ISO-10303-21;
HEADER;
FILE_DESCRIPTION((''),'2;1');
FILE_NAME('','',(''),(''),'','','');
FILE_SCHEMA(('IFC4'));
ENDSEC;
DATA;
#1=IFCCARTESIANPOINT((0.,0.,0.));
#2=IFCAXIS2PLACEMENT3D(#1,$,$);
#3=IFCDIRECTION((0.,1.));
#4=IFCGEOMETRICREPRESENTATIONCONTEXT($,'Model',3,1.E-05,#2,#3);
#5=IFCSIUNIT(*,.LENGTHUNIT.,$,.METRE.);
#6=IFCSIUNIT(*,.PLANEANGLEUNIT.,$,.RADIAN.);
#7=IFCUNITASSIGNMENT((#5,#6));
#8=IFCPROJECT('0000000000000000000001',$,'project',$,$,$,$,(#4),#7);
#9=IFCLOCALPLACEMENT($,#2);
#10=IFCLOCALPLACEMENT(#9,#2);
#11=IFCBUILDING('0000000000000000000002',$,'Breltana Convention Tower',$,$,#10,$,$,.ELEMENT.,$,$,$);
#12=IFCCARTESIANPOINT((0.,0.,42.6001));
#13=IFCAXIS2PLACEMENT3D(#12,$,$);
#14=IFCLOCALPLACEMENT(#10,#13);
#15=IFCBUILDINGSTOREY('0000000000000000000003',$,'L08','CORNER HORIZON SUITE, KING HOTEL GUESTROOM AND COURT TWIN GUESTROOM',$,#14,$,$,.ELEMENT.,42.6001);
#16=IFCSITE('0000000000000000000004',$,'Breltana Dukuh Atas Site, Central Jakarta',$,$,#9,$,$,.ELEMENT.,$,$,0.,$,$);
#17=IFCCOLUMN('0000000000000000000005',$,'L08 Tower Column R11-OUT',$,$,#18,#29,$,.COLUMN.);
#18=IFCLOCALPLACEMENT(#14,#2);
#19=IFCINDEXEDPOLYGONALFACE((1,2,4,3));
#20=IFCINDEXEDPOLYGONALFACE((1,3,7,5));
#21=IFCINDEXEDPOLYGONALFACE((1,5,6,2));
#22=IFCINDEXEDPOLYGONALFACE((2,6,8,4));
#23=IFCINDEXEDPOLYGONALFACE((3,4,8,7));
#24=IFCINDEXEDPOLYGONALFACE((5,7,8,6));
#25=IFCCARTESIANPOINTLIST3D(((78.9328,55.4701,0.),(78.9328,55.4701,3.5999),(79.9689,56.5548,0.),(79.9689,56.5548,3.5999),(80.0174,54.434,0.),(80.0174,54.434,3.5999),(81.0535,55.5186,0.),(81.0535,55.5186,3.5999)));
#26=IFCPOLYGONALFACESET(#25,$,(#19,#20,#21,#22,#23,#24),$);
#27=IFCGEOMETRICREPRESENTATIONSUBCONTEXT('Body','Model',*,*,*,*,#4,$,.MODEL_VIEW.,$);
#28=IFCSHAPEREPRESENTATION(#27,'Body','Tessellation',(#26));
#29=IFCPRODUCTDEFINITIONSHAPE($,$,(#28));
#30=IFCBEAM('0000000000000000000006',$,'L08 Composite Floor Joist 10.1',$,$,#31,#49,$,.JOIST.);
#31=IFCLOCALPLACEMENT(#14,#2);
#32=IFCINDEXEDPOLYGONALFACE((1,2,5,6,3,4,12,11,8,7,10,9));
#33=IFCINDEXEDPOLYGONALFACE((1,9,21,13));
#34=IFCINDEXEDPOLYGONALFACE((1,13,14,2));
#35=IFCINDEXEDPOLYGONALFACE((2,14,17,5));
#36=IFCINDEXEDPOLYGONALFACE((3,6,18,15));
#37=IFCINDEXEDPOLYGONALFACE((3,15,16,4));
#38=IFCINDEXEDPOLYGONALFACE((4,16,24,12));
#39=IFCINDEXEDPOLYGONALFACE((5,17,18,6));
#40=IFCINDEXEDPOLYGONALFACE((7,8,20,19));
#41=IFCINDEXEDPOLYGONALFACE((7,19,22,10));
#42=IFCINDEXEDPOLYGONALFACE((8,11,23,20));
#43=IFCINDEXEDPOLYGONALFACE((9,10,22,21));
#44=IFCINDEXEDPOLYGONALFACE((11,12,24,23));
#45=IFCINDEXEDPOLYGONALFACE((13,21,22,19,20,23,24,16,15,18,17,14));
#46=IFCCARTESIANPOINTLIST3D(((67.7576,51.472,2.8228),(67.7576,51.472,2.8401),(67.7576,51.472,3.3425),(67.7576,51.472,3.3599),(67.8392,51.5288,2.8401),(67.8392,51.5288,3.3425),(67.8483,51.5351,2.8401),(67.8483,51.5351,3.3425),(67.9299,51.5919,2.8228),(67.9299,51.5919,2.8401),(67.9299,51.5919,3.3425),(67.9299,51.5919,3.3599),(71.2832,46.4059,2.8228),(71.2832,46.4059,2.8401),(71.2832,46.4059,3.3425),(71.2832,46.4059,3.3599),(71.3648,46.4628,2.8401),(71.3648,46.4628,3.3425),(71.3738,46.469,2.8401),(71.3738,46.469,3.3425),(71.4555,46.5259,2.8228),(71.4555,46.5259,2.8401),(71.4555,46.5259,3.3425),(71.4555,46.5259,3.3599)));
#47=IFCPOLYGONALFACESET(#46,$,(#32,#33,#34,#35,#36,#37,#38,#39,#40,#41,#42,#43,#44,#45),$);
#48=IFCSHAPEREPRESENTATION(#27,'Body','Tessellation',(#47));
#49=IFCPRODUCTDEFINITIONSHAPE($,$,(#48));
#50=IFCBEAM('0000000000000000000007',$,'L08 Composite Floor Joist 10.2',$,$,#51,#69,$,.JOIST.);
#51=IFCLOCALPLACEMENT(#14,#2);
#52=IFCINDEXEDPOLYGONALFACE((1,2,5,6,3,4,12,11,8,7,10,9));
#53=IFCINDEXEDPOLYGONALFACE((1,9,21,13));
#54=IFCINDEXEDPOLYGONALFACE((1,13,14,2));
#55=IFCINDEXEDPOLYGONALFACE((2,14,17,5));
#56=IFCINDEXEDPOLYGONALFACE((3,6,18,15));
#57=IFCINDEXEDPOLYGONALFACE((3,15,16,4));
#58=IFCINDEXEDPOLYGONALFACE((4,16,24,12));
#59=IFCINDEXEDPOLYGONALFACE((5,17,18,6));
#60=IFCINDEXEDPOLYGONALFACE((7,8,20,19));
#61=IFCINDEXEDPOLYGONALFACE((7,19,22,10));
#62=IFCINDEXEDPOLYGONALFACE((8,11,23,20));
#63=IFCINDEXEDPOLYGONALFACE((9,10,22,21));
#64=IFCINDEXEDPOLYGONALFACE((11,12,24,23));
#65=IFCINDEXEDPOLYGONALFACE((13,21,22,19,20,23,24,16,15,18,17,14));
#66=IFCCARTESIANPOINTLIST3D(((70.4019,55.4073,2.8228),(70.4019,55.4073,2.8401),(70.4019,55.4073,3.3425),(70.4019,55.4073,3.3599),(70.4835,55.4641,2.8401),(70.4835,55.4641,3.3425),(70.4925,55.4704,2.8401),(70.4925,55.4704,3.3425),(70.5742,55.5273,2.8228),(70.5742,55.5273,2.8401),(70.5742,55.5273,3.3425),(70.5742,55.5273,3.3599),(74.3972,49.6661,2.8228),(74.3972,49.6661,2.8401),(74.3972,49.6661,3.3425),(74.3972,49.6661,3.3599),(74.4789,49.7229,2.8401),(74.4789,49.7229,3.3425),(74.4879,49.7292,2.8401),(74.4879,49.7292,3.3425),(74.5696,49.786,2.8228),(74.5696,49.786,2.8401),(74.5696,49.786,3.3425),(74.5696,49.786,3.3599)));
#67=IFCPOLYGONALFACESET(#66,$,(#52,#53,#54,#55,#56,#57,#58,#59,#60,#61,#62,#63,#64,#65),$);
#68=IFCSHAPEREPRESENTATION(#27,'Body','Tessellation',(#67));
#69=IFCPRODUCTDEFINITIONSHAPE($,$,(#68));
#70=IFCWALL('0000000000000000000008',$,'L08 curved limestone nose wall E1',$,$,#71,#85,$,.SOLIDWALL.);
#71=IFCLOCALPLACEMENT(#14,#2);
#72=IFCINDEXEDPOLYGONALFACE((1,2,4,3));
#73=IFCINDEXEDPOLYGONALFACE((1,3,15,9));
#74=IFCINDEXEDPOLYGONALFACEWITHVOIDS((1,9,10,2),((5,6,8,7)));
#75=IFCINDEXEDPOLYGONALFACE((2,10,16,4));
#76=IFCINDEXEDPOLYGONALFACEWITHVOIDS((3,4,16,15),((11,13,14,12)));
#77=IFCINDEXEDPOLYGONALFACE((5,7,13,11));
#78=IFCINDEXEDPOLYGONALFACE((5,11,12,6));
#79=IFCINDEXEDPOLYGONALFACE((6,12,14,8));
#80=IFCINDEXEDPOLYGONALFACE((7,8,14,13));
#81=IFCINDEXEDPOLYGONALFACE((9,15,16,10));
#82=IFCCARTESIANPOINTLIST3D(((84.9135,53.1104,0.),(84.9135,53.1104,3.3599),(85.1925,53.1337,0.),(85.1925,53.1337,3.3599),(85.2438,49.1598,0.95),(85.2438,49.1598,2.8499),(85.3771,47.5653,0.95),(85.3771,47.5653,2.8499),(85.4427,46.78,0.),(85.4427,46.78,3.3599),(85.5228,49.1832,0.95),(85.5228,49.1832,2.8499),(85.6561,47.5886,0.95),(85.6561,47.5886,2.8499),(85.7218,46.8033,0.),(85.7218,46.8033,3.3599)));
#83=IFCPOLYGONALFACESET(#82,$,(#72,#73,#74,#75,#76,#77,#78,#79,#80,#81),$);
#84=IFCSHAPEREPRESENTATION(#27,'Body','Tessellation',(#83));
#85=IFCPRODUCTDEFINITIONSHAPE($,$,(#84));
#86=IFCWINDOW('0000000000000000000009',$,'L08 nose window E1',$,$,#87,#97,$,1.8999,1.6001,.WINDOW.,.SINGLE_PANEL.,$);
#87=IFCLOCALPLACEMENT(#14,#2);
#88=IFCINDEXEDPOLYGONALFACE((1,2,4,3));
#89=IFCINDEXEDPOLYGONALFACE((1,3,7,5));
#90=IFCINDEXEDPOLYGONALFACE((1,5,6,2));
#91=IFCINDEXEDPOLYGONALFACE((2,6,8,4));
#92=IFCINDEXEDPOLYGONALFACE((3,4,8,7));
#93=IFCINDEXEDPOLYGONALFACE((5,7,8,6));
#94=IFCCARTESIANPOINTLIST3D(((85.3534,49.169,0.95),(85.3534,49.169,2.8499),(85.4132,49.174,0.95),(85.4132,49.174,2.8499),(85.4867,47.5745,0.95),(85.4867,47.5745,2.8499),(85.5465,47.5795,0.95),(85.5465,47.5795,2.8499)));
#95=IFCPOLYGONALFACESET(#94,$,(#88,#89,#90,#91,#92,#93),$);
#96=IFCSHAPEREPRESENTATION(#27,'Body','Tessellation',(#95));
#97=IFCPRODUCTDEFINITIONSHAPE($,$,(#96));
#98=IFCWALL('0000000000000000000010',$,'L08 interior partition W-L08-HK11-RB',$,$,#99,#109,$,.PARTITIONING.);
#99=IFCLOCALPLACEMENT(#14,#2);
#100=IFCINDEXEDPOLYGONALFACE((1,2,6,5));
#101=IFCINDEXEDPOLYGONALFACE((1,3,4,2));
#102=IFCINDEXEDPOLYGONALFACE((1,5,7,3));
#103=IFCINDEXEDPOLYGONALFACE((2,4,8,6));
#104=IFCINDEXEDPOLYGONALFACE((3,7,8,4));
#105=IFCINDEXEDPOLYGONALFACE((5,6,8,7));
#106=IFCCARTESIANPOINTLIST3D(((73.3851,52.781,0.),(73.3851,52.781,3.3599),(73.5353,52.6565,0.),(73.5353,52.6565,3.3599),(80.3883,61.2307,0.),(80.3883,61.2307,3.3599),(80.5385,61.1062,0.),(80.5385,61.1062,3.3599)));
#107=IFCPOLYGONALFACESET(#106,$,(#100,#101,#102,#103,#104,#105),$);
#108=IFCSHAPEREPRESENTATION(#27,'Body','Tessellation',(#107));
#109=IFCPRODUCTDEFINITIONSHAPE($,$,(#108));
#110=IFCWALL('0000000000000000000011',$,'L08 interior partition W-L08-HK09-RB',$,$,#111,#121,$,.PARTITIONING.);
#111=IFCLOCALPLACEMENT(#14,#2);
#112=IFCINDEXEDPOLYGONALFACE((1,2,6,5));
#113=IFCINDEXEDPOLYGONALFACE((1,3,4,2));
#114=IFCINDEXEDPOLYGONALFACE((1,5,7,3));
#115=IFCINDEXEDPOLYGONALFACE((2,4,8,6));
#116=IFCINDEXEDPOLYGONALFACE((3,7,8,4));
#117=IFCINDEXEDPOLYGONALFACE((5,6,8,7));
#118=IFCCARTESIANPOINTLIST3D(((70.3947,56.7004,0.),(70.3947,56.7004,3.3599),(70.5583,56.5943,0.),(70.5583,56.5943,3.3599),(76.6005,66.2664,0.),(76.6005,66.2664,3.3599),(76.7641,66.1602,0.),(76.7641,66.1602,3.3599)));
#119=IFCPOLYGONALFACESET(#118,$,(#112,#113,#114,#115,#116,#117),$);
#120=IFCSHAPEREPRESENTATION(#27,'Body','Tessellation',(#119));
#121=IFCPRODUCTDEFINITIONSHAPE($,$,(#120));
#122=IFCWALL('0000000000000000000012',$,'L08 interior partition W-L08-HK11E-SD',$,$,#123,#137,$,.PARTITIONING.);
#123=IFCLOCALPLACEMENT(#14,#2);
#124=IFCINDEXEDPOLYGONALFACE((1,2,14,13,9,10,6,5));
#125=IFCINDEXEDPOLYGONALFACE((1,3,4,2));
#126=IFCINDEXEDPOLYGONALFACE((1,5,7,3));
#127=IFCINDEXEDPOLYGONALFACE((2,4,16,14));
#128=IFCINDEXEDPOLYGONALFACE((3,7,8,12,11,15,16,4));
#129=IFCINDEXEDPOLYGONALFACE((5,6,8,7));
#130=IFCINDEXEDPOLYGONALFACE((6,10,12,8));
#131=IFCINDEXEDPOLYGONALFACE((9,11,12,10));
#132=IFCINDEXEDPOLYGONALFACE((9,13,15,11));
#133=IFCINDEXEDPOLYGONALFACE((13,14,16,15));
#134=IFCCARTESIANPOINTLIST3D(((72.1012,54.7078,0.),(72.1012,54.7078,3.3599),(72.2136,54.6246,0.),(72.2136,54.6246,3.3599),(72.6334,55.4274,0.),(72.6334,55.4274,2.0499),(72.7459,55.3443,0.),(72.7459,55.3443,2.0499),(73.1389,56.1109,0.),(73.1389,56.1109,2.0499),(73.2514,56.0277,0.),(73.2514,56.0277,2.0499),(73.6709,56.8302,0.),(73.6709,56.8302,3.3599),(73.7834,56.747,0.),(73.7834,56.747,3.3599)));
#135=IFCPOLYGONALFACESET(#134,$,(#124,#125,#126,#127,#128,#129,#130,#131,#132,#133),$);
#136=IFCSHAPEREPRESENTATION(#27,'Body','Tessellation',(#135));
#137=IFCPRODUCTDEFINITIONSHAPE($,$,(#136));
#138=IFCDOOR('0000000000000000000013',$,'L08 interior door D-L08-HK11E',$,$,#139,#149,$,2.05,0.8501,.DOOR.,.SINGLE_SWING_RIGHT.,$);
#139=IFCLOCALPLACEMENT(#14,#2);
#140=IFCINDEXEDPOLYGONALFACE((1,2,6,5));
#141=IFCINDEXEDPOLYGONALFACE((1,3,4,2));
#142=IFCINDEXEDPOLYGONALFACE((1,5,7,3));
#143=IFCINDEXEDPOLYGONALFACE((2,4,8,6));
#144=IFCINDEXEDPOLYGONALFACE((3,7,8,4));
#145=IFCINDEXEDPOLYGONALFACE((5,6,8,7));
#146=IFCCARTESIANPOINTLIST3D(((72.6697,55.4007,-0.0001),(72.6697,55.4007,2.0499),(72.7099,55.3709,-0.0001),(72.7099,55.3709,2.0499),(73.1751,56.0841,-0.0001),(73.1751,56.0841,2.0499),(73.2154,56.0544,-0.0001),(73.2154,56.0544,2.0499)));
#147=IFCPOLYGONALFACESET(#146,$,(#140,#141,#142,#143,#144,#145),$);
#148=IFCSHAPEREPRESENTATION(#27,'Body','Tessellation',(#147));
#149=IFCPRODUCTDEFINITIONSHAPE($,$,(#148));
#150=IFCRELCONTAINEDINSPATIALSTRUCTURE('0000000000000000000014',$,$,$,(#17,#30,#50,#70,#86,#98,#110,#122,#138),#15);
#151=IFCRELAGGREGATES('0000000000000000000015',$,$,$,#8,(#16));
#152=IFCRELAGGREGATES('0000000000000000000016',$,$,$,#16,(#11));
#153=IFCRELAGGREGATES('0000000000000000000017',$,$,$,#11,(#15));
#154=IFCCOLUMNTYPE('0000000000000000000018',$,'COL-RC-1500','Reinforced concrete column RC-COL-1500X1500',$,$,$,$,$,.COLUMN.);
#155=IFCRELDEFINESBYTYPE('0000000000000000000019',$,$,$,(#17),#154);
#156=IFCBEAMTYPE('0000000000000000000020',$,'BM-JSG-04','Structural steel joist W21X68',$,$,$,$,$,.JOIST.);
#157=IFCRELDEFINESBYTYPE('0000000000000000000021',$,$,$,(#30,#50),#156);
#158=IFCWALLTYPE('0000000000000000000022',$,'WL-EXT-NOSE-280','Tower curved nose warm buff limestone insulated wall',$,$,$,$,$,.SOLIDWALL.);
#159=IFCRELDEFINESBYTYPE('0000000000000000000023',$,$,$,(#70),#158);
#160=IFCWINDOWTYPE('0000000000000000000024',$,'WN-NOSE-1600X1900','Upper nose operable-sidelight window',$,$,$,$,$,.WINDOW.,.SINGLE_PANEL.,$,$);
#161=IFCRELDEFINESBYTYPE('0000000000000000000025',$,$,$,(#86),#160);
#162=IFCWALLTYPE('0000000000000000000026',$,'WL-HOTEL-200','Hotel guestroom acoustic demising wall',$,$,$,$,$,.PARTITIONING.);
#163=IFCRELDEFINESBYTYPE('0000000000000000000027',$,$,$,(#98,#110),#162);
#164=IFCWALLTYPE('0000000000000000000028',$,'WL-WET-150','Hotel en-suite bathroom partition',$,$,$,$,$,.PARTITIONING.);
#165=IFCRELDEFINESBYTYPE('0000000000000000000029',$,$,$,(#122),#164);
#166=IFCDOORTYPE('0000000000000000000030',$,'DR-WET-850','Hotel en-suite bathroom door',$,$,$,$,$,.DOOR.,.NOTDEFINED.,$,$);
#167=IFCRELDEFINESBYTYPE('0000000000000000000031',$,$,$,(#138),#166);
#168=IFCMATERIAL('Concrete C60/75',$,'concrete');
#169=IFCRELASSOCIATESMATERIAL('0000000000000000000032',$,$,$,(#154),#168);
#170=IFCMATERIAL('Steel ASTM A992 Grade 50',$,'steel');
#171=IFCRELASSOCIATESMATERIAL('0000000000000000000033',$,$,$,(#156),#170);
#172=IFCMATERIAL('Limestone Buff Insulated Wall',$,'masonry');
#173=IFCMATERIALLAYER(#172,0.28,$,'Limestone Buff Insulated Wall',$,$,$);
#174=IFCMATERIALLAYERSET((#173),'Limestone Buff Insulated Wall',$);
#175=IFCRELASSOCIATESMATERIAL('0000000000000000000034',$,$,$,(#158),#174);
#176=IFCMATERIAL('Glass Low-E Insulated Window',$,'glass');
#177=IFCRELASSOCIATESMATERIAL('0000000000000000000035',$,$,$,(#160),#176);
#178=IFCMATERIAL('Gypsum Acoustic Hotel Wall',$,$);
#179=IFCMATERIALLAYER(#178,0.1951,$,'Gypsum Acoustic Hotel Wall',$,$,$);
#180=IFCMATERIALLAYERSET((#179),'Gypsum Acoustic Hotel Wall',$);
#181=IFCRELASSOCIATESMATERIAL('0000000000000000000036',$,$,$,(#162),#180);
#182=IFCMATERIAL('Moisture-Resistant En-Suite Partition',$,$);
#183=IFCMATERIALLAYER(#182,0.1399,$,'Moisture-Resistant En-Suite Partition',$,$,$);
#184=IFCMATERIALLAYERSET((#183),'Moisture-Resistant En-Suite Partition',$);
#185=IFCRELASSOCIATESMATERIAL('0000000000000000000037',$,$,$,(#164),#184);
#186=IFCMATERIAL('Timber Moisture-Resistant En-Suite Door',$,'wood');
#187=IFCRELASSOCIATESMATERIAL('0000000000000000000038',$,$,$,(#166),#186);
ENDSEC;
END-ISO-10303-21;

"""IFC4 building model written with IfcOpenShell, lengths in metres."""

from ifc_helpers import new_model, si_unit, direction, frame, frame_2d, origin, origin_2d, place, context, subcontext, project, spatial, rectangle, i_section, extrude, source, transform, mapped, material, layer, layer_set, material_profile, profile_set, type_object, type_shapes, element, fill, save


model = new_model("IFC4")

# Units and contexts
model_context = context("Model", 3, precision=1e-05, world=origin(), true_north=direction((0.0, 1.0)))
body_context = subcontext(model_context, "Body", "Model", "MODEL_VIEW")
ifc_project = project(units=[si_unit("LENGTHUNIT", "METRE"), si_unit("PLANEANGLEUNIT", "RADIAN")], contexts=[model_context])

# Site, building, storey
site_placement = place(None, origin())
site = spatial("IfcSite", under=ifc_project, at=site_placement, Name="Breltana Dukuh Atas Site, Central Jakarta", CompositionType="ELEMENT", RefElevation=0.0)
building_placement = place(site_placement, origin())
building = spatial("IfcBuilding", under=site, at=building_placement, Name="Breltana Convention Tower", CompositionType="ELEMENT")
storey_placement = place(building_placement, frame((0.0, 0.0, 42.6001)))
storey = spatial("IfcBuildingStorey", under=building, at=storey_placement, Name="L08", Description="CORNER HORIZON SUITE, KING HOTEL GUESTROOM AND COURT TWIN GUESTROOM", CompositionType="ELEMENT", Elevation=42.6001)

# Column
ifc_material_1 = material(Name="Concrete C60/75", Category="concrete")
ifc_material_profile_1 = material_profile(ifc_material_1, rectangle(XDim=1.5, YDim=1.5, at=origin_2d()), Name="RC-COL-1500X1500")
ifc_profile_set_1 = profile_set([ifc_material_profile_1], Name="Concrete C60/75")
column_type = type_object("IfcColumnType", Name="COL-RC-1500", Description="Reinforced concrete column RC-COL-1500X1500", PredefinedType="COLUMN", material=ifc_profile_set_1)
shared_shape_1 = source(origin(), body_context, "Body", "SweptSolid", [
    extrude(rectangle(XDim=1.5, YDim=1.5, at=origin_2d()), origin(), (0.0, 0.0, 1.0), 3.5999),
])
column_placement = place(storey_placement, frame((79.9932, 55.4944, 0.0), z_axis=(0.0, 0.0, 1.0), x_axis=(0.690756, 0.723088, 0.0)))
element("IfcColumn", 1, at=column_placement, inside=storey, type_object=column_type, Name="L08 Tower Column R11-OUT", PredefinedType="COLUMN", context=body_context, shape_type="MappedRepresentation", body=[
    mapped(shared_shape_1, transform((0.0, 0.0, 0.0), scale=1.0)),
])

# Beams
ifc_material_2 = material(Name="Steel ASTM A992 Grade 50", Category="steel")
ifc_material_profile_2 = material_profile(ifc_material_2, i_section(OverallWidth=0.21, OverallDepth=0.5371, WebThickness=0.011, FlangeThickness=0.0173, at=origin_2d()), Name="W21X68")
ifc_profile_set_2 = profile_set([ifc_material_profile_2], Name="Steel ASTM A992 Grade 50")
beam_type = type_object("IfcBeamType", Name="BM-JSG-04", Description="Structural steel joist W21X68", PredefinedType="JOIST", material=ifc_profile_set_2)
shared_shape_2 = source(origin(), body_context, "Body", "SweptSolid", [
    extrude(i_section(OverallWidth=0.21, OverallDepth=0.5371, WebThickness=0.011, FlangeThickness=0.0173, at=origin_2d()), origin(), (0.0, 0.0, 1.0), 6.1721),
])
beam_1_placement = place(storey_placement, frame((67.8438, 51.532, 3.0913), z_axis=(0.571212, -0.820803, 0.0), x_axis=(0.820803, 0.571212, 0.0)))
element("IfcBeam", 2, at=beam_1_placement, inside=storey, type_object=beam_type, Name="L08 Composite Floor Joist 10.1", PredefinedType="JOIST", context=body_context, shape_type="MappedRepresentation", body=[
    mapped(shared_shape_2, transform((0.0, 0.0, 0.0), scale=1.0)),
])
shared_shape_3 = source(origin(), body_context, "Body", "SweptSolid", [
    extrude(i_section(OverallWidth=0.21, OverallDepth=0.5371, WebThickness=0.011, FlangeThickness=0.0173, at=origin_2d()), origin(), (0.0, 0.0, 1.0), 6.9946),
])
beam_2_placement = place(storey_placement, frame((70.488, 55.4673, 3.0913), z_axis=(0.571207, -0.820806, 0.0), x_axis=(0.820806, 0.571207, 0.0)))
element("IfcBeam", 3, at=beam_2_placement, inside=storey, type_object=beam_type, Name="L08 Composite Floor Joist 10.2", PredefinedType="JOIST", context=body_context, shape_type="MappedRepresentation", body=[
    mapped(shared_shape_3, transform((0.0, 0.0, 0.0), scale=1.0)),
])

# Wall, opening, window
ifc_material_3 = material(Name="Limestone Buff Insulated Wall", Category="masonry")
ifc_layer_1 = layer(ifc_material_3, 0.28, Name="Limestone Buff Insulated Wall")
ifc_layer_set_1 = layer_set([ifc_layer_1], Name="Limestone Buff Insulated Wall")
wall_type_1 = type_object("IfcWallType", Name="WL-EXT-NOSE-280", Description="Tower curved nose warm buff limestone insulated wall", PredefinedType="SOLIDWALL", material=ifc_layer_set_1)
shared_shape_4 = source(origin(), body_context, "Body", "SweptSolid", [
    extrude(rectangle(XDim=6.3525, YDim=0.28, at=frame_2d((3.1763, 0.0))), origin(), (0.0, 0.0, 1.0), 3.3599),
])
wall_1_placement = place(storey_placement, frame((85.053, 53.1221, 0.0), z_axis=(0.0, 0.0, 1.0), x_axis=(0.083319, -0.996523, 0.0)))
wall_1 = element("IfcWall", 4, at=wall_1_placement, inside=storey, type_object=wall_type_1, Name="L08 curved limestone nose wall E1", PredefinedType="SOLIDWALL", context=body_context, shape_type="MappedRepresentation", body=[
    mapped(shared_shape_4, transform((0.0, 0.0, 0.0), scale=1.0)),
])
opening_1_placement = place(wall_1_placement, frame((3.9644, 0.0, 0.95)))
opening_1 = element("IfcOpeningElement", 5, at=opening_1_placement, cuts=wall_1, PredefinedType="OPENING", context=body_context, shape_type="SweptSolid", body=[
    extrude(rectangle(XDim=1.6001, YDim=1.8999, at=frame_2d((0.8, 0.95))), frame((0.0, 0.1499, 0.0), z_axis=(0.0, -1.0, 0.0), x_axis=(1.0, 0.0, 0.0)), (0.0, 0.0, 1.0), 0.3),
])
ifc_material_4 = material(Name="Glass Low-E Insulated Window", Category="glass")
window_type = type_object("IfcWindowType", Name="WN-NOSE-1600X1900", Description="Upper nose operable-sidelight window", PartitioningType="SINGLE_PANEL", PredefinedType="WINDOW", material=ifc_material_4)
shared_shape_5 = source(origin(), body_context, "Body", "SweptSolid", [
    extrude(rectangle(XDim=1.6001, YDim=1.8999, at=frame_2d((0.8, 0.95))), frame((0.0, 0.03, 0.0), z_axis=(0.0, -1.0, 0.0), x_axis=(1.0, 0.0, 0.0)), (0.0, 0.0, 1.0), 0.0601),
])
type_shapes(window_type, [shared_shape_5])
window_placement = place(opening_1_placement, origin())
window = element("IfcWindow", 6, at=window_placement, inside=storey, type_object=window_type, Name="L08 nose window E1", OverallHeight=1.8999, OverallWidth=1.6001, PartitioningType="SINGLE_PANEL", PredefinedType="WINDOW", context=body_context, shape_type="MappedRepresentation", body=[
    mapped(shared_shape_5, transform((0.0, 0.0, 0.0), scale=1.0)),
])
fill(opening_1, window)

# Shared definitions
ifc_material_5 = material(Name="Gypsum Acoustic Hotel Wall")
ifc_layer_2 = layer(ifc_material_5, 0.1951, Name="Gypsum Acoustic Hotel Wall")
ifc_layer_set_2 = layer_set([ifc_layer_2], Name="Gypsum Acoustic Hotel Wall")
wall_type_2 = type_object("IfcWallType", Name="WL-HOTEL-200", Description="Hotel guestroom acoustic demising wall", PredefinedType="PARTITIONING", material=ifc_layer_set_2)

# Walls
shared_shape_6 = source(origin(), body_context, "Body", "SweptSolid", [
    extrude(rectangle(XDim=10.9746, YDim=0.1951, at=frame_2d((5.4873, 0.0))), origin(), (0.0, 0.0, 1.0), 3.3599),
])
wall_2_placement = place(storey_placement, frame((73.4602, 52.7188, 0.0), z_axis=(0.0, 0.0, 1.0), x_axis=(0.638125, 0.769933, 0.0)))
element("IfcWall", 7, at=wall_2_placement, inside=storey, type_object=wall_type_2, Name="L08 interior partition W-L08-HK11-RB", PredefinedType="PARTITIONING", context=body_context, shape_type="MappedRepresentation", body=[
    mapped(shared_shape_6, transform((0.0, 0.0, 0.0), scale=1.0)),
])
shared_shape_7 = source(origin(), body_context, "Body", "SweptSolid", [
    extrude(rectangle(XDim=11.4026, YDim=0.1951, at=frame_2d((5.7012, 0.0))), origin(), (0.0, 0.0, 1.0), 3.3599),
])
wall_3_placement = place(storey_placement, frame((70.4766, 56.6475, 0.0), z_axis=(0.0, 0.0, 1.0), x_axis=(0.544246, 0.838926, 0.0)))
element("IfcWall", 8, at=wall_3_placement, inside=storey, type_object=wall_type_2, Name="L08 interior partition W-L08-HK09-RB", PredefinedType="PARTITIONING", context=body_context, shape_type="MappedRepresentation", body=[
    mapped(shared_shape_7, transform((0.0, 0.0, 0.0), scale=1.0)),
])

# Wall, opening, door
ifc_material_6 = material(Name="Moisture-Resistant En-Suite Partition")
ifc_layer_3 = layer(ifc_material_6, 0.1399, Name="Moisture-Resistant En-Suite Partition")
ifc_layer_set_3 = layer_set([ifc_layer_3], Name="Moisture-Resistant En-Suite Partition")
wall_type_3 = type_object("IfcWallType", Name="WL-WET-150", Description="Hotel en-suite bathroom partition", PredefinedType="PARTITIONING", material=ifc_layer_set_3)
shared_shape_8 = source(origin(), body_context, "Body", "SweptSolid", [
    extrude(rectangle(XDim=2.6399, YDim=0.1399, at=frame_2d((1.3198, 0.0))), origin(), (0.0, 0.0, 1.0), 3.3599),
])
wall_4_placement = place(storey_placement, frame((72.1575, 54.6663, 0.0), z_axis=(0.0, 0.0, 1.0), x_axis=(0.59463, 0.803999, 0.0)))
wall_4 = element("IfcWall", 9, at=wall_4_placement, inside=storey, type_object=wall_type_3, Name="L08 interior partition W-L08-HK11E-SD", PredefinedType="PARTITIONING", context=body_context, shape_type="MappedRepresentation", body=[
    mapped(shared_shape_8, transform((0.0, 0.0, 0.0), scale=1.0)),
])
opening_2_placement = place(wall_4_placement, frame((0.895, 0.0, 0.0)))
opening_2 = element("IfcOpeningElement", 10, at=opening_2_placement, cuts=wall_4, PredefinedType="OPENING", context=body_context, shape_type="SweptSolid", body=[
    extrude(rectangle(XDim=0.8501, YDim=2.05, at=frame_2d((0.425, 1.0249))), frame((0.0, 0.0801, 0.0), z_axis=(0.0, -1.0, 0.0), x_axis=(1.0, 0.0, 0.0)), (0.0, 0.0, 1.0), 0.1599),
])
ifc_material_7 = material(Name="Timber Moisture-Resistant En-Suite Door", Category="wood")
door_type_1 = type_object("IfcDoorType", Name="DR-WET-850", Description="Hotel en-suite bathroom door", OperationType="NOTDEFINED", PredefinedType="DOOR", material=ifc_material_7)
shared_shape_9 = source(origin(), body_context, "Body", "SweptSolid", [
    extrude(rectangle(XDim=0.8501, YDim=2.05, at=frame_2d((0.425, 1.0249))), frame((0.0, 0.0249, 0.0), z_axis=(0.0, -1.0, 0.0), x_axis=(1.0, 0.0, 0.0)), (0.0, 0.0, 1.0), 0.05),
])
type_shapes(door_type_1, [shared_shape_9])
door_1_placement = place(opening_2_placement, origin())
door_1 = element("IfcDoor", 11, at=door_1_placement, inside=storey, type_object=door_type_1, Name="L08 interior door D-L08-HK11E", OperationType="SINGLE_SWING_RIGHT", OverallHeight=2.05, OverallWidth=0.8501, PredefinedType="DOOR", context=body_context, shape_type="MappedRepresentation", body=[
    mapped(shared_shape_9, transform((0.0, 0.0, 0.0), scale=1.0)),
])
fill(opening_2, door_1)

save(model, "model.ifc")
